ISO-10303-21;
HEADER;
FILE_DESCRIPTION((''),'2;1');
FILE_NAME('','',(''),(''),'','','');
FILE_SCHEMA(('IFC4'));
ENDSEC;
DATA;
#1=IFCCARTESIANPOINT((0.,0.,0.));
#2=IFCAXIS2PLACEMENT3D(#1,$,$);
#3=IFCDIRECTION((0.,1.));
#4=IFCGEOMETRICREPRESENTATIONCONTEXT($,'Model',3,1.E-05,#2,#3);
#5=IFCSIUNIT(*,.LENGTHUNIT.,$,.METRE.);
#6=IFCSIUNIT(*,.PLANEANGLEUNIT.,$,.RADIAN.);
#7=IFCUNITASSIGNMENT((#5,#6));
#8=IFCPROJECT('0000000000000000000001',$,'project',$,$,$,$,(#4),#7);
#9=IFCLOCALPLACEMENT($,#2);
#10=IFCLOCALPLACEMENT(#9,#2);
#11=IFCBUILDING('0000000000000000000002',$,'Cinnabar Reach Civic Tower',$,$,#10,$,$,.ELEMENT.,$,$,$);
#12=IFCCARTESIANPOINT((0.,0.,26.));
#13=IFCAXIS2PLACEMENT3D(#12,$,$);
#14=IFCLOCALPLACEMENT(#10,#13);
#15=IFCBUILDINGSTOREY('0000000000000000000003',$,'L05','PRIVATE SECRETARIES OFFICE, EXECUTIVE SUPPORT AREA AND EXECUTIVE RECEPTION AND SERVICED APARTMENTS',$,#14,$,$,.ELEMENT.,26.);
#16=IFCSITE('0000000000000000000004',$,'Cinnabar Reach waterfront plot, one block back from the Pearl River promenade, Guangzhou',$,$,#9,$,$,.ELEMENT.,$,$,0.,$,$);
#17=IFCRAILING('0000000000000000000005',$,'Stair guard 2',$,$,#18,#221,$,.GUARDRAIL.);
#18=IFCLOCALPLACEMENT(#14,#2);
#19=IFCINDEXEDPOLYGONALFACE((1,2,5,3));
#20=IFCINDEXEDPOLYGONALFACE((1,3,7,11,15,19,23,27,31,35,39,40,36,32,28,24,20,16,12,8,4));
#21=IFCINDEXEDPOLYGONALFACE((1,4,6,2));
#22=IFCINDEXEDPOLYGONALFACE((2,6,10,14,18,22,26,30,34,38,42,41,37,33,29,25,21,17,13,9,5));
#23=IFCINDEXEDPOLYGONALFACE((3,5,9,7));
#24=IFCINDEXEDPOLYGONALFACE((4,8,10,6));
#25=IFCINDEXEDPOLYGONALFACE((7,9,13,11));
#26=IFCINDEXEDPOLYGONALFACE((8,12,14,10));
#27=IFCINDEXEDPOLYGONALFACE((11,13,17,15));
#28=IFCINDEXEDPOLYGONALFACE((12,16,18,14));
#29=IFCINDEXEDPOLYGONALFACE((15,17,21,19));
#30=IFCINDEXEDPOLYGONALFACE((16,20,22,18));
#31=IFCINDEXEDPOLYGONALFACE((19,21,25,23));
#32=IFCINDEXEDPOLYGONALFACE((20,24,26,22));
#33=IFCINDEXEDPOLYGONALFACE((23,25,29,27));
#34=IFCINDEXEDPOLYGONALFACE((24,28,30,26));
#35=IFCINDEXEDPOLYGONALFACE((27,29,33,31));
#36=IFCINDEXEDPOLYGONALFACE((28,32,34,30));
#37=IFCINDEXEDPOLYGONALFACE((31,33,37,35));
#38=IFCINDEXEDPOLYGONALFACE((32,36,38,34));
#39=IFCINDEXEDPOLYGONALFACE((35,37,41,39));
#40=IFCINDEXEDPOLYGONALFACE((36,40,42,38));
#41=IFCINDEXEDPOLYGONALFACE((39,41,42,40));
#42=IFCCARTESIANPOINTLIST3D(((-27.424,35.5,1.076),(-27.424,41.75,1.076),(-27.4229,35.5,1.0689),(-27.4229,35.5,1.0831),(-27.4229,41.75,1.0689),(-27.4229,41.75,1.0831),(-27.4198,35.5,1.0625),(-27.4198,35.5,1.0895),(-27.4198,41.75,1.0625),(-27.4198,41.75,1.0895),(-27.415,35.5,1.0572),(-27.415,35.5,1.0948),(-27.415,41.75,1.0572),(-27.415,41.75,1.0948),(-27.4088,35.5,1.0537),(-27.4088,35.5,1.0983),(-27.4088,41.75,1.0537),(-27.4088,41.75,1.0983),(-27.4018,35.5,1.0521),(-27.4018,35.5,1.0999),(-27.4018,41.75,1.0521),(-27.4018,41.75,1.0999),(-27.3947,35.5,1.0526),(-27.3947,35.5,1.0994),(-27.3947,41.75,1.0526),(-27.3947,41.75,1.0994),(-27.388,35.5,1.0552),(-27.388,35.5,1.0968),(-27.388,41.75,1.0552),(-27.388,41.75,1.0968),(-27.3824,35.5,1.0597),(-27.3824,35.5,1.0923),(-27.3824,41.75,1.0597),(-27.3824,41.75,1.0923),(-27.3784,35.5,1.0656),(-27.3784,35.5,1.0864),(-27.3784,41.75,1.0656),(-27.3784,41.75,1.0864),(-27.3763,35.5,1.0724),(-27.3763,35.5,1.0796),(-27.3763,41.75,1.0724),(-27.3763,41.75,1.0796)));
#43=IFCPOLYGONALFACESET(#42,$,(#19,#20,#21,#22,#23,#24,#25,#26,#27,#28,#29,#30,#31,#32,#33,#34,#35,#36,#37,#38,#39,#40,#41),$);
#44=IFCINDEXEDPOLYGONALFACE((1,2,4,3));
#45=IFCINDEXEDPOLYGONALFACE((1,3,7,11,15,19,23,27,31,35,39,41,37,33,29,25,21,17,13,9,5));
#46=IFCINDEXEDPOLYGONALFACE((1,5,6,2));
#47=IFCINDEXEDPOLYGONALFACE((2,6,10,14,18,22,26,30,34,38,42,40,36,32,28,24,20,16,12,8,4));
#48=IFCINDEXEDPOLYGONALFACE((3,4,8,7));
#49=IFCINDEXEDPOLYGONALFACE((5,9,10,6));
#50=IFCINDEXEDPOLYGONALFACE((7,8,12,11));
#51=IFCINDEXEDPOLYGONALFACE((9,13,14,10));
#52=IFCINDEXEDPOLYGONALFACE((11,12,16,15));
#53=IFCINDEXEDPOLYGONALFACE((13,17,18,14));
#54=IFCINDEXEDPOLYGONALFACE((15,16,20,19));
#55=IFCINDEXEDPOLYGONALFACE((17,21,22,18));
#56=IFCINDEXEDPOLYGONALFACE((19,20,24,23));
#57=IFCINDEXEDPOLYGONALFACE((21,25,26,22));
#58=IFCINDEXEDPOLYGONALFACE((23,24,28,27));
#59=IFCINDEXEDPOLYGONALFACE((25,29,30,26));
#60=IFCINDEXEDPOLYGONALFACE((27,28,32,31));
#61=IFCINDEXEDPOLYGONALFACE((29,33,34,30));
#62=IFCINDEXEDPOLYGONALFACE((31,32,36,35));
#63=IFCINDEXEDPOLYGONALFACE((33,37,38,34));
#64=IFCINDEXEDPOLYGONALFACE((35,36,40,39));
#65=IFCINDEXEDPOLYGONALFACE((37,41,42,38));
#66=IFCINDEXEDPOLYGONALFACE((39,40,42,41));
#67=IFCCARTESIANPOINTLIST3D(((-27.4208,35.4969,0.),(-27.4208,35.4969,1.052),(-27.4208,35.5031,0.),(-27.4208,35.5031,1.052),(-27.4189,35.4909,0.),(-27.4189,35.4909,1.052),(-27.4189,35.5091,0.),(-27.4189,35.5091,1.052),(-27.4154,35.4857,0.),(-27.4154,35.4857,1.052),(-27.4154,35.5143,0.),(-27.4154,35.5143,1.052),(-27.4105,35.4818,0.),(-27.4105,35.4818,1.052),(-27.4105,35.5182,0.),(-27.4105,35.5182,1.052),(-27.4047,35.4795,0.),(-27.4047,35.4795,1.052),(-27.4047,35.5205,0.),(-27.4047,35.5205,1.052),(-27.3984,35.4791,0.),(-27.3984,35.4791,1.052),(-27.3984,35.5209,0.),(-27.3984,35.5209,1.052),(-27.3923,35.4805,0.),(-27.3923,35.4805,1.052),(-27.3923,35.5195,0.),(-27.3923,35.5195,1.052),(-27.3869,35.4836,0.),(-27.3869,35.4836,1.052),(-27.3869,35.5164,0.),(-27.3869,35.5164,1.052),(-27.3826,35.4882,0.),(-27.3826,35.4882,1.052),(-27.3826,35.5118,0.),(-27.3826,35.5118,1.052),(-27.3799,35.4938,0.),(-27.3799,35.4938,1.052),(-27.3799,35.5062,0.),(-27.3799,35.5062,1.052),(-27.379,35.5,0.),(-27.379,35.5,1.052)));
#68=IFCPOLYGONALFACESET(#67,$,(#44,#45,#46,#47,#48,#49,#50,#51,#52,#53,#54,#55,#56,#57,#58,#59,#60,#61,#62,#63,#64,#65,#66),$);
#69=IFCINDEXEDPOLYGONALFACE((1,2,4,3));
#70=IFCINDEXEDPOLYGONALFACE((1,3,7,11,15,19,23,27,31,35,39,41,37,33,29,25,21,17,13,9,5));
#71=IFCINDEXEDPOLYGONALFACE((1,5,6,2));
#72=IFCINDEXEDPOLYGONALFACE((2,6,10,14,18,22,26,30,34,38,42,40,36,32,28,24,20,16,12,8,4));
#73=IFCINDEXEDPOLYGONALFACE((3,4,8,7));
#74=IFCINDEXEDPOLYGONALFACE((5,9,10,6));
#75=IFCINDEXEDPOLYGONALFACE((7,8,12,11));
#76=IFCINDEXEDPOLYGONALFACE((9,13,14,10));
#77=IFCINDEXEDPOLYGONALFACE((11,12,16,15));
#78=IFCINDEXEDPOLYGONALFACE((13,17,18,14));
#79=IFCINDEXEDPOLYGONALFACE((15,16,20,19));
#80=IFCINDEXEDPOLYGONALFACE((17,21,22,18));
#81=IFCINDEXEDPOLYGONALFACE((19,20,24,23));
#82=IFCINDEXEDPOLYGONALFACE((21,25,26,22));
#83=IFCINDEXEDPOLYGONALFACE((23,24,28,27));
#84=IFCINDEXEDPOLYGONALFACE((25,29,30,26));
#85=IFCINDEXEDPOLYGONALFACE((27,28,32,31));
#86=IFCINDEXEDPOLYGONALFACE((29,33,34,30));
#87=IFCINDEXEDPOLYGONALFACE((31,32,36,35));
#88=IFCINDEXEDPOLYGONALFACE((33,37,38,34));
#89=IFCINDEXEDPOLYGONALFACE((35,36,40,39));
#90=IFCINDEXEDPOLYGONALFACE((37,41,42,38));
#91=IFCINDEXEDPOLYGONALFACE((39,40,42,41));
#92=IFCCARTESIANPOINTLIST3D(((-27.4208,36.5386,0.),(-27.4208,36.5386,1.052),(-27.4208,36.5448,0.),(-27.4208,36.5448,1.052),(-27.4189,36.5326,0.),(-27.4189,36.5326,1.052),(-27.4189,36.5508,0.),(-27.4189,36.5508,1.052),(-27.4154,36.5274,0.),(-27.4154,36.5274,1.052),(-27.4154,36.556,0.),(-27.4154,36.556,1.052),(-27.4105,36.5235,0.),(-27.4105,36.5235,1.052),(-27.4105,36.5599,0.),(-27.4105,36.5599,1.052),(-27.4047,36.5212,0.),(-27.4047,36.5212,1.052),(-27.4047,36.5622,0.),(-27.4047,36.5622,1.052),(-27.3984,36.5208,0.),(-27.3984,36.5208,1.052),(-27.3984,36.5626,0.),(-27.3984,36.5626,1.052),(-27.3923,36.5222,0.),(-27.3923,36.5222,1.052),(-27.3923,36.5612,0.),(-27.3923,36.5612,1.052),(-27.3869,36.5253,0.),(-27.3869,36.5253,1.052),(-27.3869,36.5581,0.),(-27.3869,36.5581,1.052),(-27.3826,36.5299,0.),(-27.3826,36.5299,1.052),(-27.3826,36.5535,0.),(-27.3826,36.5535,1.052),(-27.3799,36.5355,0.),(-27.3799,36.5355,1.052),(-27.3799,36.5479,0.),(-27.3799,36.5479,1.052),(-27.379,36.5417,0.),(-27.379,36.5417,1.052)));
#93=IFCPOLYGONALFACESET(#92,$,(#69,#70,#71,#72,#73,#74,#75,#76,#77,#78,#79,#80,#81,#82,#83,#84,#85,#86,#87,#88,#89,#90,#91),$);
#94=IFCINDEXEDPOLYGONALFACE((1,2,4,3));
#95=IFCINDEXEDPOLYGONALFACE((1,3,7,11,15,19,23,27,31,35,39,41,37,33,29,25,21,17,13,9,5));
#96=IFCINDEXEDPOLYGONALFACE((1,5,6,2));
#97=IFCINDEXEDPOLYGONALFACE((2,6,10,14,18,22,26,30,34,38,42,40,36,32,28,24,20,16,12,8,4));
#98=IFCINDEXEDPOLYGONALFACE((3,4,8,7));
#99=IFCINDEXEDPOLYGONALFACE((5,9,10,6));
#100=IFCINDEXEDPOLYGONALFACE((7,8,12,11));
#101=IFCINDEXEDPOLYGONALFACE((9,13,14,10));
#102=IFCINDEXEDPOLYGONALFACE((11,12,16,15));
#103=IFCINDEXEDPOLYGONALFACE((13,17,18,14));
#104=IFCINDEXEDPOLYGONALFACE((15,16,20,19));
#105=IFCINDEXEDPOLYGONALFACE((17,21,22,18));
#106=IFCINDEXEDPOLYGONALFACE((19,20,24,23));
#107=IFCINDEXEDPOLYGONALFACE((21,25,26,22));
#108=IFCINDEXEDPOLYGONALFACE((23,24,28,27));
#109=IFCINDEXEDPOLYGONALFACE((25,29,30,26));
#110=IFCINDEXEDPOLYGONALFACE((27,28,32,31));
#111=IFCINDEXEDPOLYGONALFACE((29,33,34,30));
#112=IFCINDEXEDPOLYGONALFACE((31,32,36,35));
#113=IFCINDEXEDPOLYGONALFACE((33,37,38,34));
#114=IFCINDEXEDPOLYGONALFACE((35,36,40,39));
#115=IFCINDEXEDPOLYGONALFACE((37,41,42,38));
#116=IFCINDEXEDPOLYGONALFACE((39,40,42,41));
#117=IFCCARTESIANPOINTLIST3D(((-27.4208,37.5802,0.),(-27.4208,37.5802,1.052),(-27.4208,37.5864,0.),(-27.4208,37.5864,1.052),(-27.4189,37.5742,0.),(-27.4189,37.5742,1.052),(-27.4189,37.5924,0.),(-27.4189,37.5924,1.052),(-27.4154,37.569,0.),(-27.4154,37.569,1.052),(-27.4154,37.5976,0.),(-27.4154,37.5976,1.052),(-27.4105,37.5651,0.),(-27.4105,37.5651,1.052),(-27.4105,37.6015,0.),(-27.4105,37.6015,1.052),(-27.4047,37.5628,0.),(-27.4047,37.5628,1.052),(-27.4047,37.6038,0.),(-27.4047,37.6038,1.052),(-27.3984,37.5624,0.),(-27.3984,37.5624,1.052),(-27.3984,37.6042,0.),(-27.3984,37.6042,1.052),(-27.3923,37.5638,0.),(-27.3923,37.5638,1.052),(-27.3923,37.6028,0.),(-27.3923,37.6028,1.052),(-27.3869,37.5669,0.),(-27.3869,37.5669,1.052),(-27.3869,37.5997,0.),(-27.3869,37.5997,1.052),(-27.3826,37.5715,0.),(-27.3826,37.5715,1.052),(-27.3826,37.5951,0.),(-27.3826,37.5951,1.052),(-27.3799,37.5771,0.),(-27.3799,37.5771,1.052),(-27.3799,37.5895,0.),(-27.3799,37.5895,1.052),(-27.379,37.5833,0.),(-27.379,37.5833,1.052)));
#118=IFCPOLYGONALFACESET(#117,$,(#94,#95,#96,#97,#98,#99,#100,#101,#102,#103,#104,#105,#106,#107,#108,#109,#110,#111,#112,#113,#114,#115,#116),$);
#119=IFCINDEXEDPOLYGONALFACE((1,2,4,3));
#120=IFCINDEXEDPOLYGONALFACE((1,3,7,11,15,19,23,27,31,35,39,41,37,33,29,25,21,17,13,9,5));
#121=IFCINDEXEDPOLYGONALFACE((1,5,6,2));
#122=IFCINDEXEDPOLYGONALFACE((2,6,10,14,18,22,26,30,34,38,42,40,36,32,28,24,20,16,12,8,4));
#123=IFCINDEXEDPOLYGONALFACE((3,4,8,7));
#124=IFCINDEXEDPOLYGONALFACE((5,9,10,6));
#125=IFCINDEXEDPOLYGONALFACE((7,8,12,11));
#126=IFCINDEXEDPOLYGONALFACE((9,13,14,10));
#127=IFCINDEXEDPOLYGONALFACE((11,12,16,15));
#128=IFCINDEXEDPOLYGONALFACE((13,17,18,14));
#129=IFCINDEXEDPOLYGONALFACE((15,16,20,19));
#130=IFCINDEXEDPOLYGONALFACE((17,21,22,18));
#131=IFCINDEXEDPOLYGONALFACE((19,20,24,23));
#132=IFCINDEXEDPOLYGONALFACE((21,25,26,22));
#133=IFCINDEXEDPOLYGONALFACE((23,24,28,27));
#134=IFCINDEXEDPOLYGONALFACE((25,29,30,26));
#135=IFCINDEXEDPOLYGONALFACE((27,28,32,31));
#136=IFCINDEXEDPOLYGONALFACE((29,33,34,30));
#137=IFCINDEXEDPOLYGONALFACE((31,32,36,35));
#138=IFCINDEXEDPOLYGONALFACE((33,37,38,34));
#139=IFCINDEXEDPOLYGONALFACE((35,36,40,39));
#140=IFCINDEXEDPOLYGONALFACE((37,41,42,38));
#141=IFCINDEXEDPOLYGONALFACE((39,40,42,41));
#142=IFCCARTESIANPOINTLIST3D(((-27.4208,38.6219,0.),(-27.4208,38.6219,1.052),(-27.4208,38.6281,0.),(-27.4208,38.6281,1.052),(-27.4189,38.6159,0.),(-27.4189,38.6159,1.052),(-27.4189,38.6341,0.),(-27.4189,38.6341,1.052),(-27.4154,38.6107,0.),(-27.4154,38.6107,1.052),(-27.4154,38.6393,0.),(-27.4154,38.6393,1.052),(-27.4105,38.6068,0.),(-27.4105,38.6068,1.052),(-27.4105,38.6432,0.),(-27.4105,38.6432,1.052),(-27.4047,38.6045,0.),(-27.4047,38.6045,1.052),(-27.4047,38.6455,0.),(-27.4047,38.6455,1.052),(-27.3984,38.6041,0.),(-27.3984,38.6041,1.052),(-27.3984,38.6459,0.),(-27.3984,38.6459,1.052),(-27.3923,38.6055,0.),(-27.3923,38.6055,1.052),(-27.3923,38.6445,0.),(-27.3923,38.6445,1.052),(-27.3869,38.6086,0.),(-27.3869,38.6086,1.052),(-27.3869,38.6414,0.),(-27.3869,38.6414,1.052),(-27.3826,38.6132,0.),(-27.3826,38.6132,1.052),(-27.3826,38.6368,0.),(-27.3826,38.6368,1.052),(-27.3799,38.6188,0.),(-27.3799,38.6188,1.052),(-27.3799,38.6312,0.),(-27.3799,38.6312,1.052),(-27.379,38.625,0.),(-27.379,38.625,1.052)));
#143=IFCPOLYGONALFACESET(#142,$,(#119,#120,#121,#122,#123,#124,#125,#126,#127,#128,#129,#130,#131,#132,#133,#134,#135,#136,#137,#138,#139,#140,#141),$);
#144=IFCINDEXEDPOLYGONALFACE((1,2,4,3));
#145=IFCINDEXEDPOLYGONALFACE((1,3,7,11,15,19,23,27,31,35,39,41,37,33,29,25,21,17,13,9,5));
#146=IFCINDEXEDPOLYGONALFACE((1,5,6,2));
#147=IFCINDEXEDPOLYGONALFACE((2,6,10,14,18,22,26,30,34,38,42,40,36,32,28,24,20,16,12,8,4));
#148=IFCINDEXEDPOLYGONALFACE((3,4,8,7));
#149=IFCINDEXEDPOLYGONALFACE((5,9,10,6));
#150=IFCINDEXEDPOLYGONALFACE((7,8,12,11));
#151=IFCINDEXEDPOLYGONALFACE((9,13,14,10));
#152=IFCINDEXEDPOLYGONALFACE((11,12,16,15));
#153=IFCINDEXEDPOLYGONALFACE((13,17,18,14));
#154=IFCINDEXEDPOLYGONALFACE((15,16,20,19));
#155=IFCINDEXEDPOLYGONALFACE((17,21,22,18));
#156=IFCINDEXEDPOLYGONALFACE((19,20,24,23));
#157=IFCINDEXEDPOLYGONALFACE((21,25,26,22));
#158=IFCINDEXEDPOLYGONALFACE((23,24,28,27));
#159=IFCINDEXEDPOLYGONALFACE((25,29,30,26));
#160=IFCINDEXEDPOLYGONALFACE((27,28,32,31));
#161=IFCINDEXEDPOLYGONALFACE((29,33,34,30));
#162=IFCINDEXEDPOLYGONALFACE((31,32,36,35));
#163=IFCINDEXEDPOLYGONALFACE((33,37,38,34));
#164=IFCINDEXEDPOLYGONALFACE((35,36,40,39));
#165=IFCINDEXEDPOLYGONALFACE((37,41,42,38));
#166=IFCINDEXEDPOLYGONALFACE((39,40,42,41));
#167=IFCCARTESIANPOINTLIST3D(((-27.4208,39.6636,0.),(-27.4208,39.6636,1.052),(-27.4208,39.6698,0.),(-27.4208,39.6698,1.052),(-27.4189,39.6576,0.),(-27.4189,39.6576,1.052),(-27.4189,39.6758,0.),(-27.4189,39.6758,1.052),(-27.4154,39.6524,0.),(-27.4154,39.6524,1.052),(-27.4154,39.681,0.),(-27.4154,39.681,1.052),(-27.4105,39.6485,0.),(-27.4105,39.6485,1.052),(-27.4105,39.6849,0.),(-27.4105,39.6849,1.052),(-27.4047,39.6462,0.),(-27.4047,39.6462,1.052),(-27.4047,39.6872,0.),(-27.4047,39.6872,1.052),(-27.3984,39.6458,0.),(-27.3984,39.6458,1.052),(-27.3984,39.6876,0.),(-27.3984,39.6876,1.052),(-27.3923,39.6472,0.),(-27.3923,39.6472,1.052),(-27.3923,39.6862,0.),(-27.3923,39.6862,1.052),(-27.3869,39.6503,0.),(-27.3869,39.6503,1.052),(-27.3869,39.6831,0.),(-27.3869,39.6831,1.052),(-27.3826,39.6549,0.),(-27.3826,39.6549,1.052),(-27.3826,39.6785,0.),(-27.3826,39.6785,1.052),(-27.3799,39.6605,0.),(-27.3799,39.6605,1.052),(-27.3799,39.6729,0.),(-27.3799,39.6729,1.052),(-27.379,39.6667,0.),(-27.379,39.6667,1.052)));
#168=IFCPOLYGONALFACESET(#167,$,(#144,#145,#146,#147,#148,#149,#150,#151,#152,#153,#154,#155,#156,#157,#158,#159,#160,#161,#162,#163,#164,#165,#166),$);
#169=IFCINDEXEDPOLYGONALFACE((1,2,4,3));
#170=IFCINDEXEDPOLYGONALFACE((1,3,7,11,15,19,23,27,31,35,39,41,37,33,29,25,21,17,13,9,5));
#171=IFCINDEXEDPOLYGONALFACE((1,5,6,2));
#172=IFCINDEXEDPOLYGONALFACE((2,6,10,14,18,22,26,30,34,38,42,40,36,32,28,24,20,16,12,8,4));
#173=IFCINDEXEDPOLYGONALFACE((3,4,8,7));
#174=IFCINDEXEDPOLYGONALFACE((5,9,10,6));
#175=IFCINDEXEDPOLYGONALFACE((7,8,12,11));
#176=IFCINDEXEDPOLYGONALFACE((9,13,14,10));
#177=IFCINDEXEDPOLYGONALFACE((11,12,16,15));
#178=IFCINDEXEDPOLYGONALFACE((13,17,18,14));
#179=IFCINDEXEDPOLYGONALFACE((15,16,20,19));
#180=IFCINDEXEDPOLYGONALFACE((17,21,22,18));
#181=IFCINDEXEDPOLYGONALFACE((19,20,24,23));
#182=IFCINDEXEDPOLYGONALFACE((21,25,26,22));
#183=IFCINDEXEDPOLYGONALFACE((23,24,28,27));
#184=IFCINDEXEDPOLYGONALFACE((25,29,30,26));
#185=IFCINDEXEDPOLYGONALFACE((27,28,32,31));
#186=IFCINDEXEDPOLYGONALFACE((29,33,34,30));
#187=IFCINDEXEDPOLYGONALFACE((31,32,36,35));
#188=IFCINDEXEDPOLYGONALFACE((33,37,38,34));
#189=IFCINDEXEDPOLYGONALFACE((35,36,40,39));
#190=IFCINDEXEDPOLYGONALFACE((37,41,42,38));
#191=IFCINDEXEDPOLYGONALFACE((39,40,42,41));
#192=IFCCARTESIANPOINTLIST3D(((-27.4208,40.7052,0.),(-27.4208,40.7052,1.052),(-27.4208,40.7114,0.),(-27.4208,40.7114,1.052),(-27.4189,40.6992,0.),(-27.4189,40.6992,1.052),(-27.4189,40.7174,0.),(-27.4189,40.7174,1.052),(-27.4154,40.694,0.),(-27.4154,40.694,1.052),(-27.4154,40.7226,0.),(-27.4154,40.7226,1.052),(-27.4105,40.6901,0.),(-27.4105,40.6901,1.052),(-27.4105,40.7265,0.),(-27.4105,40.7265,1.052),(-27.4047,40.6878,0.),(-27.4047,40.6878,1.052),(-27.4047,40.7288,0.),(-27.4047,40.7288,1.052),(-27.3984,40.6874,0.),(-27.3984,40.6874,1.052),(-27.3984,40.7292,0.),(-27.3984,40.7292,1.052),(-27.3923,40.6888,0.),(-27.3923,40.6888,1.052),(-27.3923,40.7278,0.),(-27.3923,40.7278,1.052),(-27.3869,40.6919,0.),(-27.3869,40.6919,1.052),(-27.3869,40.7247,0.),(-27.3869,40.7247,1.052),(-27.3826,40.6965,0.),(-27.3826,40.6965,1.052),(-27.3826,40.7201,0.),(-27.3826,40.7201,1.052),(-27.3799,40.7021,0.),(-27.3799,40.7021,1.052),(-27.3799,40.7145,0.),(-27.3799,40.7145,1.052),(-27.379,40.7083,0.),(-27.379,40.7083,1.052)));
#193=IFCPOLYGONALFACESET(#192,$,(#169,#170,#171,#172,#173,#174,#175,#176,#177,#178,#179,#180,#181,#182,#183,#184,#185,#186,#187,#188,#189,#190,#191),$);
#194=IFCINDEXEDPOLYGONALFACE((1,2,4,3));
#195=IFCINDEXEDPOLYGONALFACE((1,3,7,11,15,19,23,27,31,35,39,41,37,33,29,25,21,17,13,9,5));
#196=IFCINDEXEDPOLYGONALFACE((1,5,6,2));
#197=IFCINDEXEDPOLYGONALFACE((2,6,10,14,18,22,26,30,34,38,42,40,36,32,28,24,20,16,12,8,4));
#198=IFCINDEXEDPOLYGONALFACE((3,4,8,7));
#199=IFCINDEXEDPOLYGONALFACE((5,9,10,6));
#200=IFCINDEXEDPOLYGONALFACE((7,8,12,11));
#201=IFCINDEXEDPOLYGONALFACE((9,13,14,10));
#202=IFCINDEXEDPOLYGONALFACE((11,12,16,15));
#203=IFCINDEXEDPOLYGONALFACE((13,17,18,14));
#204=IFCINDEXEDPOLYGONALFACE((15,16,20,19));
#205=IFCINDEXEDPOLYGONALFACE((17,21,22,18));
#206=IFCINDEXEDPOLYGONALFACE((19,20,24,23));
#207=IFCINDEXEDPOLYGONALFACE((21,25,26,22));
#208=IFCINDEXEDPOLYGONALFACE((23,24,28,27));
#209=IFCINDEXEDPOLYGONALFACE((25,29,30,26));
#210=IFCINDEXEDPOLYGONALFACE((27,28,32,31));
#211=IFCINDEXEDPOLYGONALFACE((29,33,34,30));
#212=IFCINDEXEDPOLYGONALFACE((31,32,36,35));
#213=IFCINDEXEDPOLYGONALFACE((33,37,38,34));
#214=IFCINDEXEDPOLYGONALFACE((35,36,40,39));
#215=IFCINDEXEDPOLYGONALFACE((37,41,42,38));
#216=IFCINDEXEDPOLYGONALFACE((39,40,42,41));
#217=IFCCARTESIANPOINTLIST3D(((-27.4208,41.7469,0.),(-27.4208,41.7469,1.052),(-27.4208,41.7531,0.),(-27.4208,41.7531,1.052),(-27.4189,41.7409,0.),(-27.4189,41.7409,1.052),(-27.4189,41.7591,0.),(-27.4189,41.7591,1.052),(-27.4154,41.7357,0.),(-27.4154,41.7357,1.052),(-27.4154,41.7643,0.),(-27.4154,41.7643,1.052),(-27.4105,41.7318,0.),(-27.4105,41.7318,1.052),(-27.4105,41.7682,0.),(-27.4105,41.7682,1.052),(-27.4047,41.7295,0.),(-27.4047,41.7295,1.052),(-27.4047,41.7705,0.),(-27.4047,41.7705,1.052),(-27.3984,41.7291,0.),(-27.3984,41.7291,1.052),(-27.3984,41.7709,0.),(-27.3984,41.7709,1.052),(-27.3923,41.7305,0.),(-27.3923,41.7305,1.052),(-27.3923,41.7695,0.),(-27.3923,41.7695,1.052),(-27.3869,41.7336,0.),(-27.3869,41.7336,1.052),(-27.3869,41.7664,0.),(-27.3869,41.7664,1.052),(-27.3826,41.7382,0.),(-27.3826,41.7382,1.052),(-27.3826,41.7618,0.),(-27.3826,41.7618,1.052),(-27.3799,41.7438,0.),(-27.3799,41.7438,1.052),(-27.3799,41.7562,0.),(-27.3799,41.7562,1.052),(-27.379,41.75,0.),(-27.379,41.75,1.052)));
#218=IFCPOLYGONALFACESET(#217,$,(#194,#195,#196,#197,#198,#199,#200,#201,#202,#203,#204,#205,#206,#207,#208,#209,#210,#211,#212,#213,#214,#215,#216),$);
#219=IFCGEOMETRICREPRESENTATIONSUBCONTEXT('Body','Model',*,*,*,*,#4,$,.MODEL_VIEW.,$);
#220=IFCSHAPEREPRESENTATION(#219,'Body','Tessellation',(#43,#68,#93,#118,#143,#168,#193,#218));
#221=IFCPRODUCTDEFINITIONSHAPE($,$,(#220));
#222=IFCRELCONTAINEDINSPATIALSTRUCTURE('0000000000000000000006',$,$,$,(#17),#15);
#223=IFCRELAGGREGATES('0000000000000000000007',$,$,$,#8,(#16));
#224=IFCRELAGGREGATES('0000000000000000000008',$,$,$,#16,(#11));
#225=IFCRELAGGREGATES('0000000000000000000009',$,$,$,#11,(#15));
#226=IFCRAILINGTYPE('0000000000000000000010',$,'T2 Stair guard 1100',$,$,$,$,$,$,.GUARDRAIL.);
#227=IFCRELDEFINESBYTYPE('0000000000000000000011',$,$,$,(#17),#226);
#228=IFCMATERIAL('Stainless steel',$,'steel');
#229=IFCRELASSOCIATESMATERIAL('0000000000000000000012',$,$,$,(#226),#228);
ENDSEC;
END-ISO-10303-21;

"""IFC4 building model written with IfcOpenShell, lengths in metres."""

from ifc_helpers import new_model, si_unit, direction, frame, origin, origin_2d, place, context, subcontext, project, spatial, circle, extrude, material, type_object, element, save


model = new_model("IFC4")

# Units and contexts
model_context = context("Model", 3, precision=1e-05, world=origin(), true_north=direction((0.0, 1.0)))
body_context = subcontext(model_context, "Body", "Model", "MODEL_VIEW")
ifc_project = project(units=[si_unit("LENGTHUNIT", "METRE"), si_unit("PLANEANGLEUNIT", "RADIAN")], contexts=[model_context])

# Site, building, storey
site_placement = place(None, origin())
site = spatial("IfcSite", under=ifc_project, at=site_placement, Name="Cinnabar Reach waterfront plot, one block back from the Pearl River promenade, Guangzhou", CompositionType="ELEMENT", RefElevation=0.0)
building_placement = place(site_placement, origin())
building = spatial("IfcBuilding", under=site, at=building_placement, Name="Cinnabar Reach Civic Tower", CompositionType="ELEMENT")
storey_placement = place(building_placement, frame((0.0, 0.0, 26.0)))
storey = spatial("IfcBuildingStorey", under=building, at=storey_placement, Name="L05", Description="PRIVATE SECRETARIES OFFICE, EXECUTIVE SUPPORT AREA AND EXECUTIVE RECEPTION AND SERVICED APARTMENTS", CompositionType="ELEMENT", Elevation=26.0)

# Railing
ifc_material_1 = material(Name="Stainless steel", Category="steel")
railing_type = type_object("IfcRailingType", Name="T2 Stair guard 1100", PredefinedType="GUARDRAIL", material=ifc_material_1)
for number, where, name in (
    (1, (-27.4, 35.5, 0.0), "Stair guard 2"),
):
    element("IfcRailing", number, at=place(storey_placement, frame(where)), inside=storey, type_object=railing_type, Name=name, PredefinedType="GUARDRAIL", context=body_context, shape_type="SweptSolid", body=[
        extrude(circle(Radius=0.024, at=origin_2d()), frame((0.0, 0.0, 1.076), z_axis=(0.0, 1.0, 0.0), x_axis=(-1.0, 0.0, 0.0)), (0.0, 0.0, 1.0), 6.25),
        extrude(circle(Radius=0.021, at=origin_2d()), origin(), (0.0, 0.0, 1.0), 1.052),
        extrude(circle(Radius=0.021, at=origin_2d()), frame((0.0, 1.0417, 0.0)), (0.0, 0.0, 1.0), 1.052),
        extrude(circle(Radius=0.021, at=origin_2d()), frame((0.0, 2.0833, 0.0)), (0.0, 0.0, 1.0), 1.052),
        extrude(circle(Radius=0.021, at=origin_2d()), frame((0.0, 3.125, 0.0)), (0.0, 0.0, 1.0), 1.052),
        extrude(circle(Radius=0.021, at=origin_2d()), frame((0.0, 4.1667, 0.0)), (0.0, 0.0, 1.0), 1.052),
        extrude(circle(Radius=0.021, at=origin_2d()), frame((0.0, 5.2083, 0.0)), (0.0, 0.0, 1.0), 1.052),
        extrude(circle(Radius=0.021, at=origin_2d()), frame((0.0, 6.25, 0.0)), (0.0, 0.0, 1.0), 1.052),
    ])

save(model, "model.ifc")
